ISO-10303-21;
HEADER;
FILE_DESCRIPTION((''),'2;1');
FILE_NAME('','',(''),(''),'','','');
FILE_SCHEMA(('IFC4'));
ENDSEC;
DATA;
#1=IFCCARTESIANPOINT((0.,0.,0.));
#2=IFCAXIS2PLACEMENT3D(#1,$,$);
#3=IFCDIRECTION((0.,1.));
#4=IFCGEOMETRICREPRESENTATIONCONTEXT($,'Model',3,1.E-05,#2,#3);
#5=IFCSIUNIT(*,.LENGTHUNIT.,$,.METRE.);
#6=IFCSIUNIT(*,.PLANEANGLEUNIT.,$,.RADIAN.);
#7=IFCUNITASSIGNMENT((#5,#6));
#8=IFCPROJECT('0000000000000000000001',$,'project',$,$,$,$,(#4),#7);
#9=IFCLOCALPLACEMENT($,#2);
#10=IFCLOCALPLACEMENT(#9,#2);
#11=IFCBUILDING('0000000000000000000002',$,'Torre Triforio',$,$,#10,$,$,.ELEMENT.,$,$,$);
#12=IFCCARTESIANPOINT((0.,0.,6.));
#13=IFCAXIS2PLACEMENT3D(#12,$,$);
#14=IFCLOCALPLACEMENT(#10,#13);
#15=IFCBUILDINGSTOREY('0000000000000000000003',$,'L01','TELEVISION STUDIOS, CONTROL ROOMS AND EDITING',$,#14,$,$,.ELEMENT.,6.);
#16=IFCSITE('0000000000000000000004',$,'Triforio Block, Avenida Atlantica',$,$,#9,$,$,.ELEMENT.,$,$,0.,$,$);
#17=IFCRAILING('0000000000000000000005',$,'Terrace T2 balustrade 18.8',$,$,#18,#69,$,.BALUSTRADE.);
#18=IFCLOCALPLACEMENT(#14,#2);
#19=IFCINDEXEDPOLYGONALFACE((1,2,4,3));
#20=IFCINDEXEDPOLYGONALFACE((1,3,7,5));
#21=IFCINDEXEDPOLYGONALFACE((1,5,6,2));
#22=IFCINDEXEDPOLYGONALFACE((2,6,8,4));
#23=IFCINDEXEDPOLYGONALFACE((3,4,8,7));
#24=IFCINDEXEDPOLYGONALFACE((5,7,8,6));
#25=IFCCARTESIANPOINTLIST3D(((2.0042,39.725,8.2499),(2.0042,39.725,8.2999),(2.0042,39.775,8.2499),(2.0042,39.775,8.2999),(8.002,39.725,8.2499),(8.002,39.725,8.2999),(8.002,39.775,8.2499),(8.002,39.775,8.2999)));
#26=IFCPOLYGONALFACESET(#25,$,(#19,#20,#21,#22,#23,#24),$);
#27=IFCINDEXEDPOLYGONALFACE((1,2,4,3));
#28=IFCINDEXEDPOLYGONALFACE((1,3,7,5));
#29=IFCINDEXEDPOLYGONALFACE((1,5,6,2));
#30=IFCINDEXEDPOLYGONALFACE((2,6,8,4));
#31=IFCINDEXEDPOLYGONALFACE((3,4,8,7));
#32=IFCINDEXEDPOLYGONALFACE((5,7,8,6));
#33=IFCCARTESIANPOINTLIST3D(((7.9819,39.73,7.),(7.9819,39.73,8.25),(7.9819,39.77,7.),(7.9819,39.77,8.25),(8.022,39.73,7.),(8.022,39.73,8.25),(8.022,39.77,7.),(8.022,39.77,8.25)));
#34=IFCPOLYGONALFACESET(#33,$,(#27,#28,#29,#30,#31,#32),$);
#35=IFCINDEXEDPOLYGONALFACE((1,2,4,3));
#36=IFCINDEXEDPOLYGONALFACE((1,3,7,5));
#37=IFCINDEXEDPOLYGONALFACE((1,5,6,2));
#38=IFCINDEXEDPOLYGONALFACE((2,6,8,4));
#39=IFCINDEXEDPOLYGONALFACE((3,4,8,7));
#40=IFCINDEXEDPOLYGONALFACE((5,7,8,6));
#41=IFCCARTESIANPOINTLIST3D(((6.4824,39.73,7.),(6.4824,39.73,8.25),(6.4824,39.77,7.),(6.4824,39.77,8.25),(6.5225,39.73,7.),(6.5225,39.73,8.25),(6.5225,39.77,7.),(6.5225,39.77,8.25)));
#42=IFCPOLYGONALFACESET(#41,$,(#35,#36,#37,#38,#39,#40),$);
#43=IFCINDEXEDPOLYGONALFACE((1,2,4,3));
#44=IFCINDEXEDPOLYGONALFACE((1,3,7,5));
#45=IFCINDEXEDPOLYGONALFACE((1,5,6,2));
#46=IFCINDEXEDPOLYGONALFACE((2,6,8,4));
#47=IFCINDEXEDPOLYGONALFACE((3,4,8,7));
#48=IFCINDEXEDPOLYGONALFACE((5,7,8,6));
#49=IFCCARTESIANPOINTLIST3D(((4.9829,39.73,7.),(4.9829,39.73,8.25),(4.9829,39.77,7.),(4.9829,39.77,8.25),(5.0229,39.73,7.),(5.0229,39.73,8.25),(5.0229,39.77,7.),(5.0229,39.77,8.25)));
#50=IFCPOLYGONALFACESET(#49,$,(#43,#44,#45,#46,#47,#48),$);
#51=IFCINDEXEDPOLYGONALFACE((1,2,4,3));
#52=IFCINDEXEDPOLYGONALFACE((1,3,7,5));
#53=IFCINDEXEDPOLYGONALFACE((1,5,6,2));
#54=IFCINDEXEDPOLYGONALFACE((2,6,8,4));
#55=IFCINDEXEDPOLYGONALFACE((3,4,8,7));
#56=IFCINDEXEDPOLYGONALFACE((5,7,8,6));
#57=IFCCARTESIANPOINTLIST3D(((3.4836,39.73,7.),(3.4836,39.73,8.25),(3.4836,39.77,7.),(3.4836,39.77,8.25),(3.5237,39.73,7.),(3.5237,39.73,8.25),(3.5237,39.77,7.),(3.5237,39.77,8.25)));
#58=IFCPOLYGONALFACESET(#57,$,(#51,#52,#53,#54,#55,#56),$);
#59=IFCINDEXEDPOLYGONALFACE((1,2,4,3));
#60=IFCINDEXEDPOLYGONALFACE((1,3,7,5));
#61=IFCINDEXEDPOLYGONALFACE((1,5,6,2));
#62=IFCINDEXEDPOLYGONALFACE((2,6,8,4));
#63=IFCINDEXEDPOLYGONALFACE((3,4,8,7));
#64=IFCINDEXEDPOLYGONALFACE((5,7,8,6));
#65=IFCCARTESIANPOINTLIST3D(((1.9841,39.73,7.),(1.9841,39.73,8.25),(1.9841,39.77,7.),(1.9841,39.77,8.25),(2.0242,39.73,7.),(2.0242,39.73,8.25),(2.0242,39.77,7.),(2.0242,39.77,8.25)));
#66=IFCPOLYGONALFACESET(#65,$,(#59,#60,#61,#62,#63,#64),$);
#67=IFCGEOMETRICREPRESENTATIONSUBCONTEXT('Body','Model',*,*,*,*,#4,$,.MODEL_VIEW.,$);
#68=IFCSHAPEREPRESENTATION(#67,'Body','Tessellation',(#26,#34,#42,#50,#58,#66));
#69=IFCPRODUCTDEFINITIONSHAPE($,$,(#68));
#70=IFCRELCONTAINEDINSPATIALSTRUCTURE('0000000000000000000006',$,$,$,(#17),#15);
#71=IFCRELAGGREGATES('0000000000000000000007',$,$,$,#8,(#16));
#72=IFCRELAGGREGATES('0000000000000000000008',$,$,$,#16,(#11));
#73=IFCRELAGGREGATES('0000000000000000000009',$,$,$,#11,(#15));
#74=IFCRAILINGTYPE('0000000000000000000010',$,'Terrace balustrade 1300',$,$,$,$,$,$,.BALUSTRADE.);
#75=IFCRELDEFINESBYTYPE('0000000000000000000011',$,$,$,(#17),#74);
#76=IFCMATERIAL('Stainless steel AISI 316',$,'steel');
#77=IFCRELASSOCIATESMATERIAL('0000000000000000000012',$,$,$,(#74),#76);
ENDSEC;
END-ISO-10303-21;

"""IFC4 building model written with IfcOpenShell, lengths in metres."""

from ifc_helpers import new_model, si_unit, direction, frame, origin, origin_2d, place, context, subcontext, project, spatial, rectangle, extrude, material, type_object, element, save


model = new_model("IFC4")

# Units and contexts
model_context = context("Model", 3, precision=1e-05, world=origin(), true_north=direction((0.0, 1.0)))
body_context = subcontext(model_context, "Body", "Model", "MODEL_VIEW")
ifc_project = project(units=[si_unit("LENGTHUNIT", "METRE"), si_unit("PLANEANGLEUNIT", "RADIAN")], contexts=[model_context])

# Site, building, storey
site_placement = place(None, origin())
site = spatial("IfcSite", under=ifc_project, at=site_placement, Name="Triforio Block, Avenida Atlantica", CompositionType="ELEMENT", RefElevation=0.0)
building_placement = place(site_placement, origin())
building = spatial("IfcBuilding", under=site, at=building_placement, Name="Torre Triforio", CompositionType="ELEMENT")
storey_placement = place(building_placement, frame((0.0, 0.0, 6.0)))
storey = spatial("IfcBuildingStorey", under=building, at=storey_placement, Name="L01", Description="TELEVISION STUDIOS, CONTROL ROOMS AND EDITING", CompositionType="ELEMENT", Elevation=6.0)

# Railing
ifc_material_1 = material(Name="Stainless steel AISI 316", Category="steel")
railing_type = type_object("IfcRailingType", Name="Terrace balustrade 1300", PredefinedType="BALUSTRADE", material=ifc_material_1)
railing_1_placement = place(storey_placement, frame((8.002, 39.75, 7.0)))
element("IfcRailing", 1, at=railing_1_placement, inside=storey, type_object=railing_type, Name="Terrace T2 balustrade 18.8", PredefinedType="BALUSTRADE", context=body_context, shape_type="SweptSolid", body=[
    extrude(rectangle(XDim=0.05, YDim=0.05, at=origin_2d()), frame((0.0, 0.0, 1.2749), z_axis=(-1.0, 0.0, 0.0), x_axis=(0.0, -1.0, 0.0)), (0.0, 0.0, 1.0), 5.9978),
    extrude(rectangle(XDim=0.04, YDim=0.04, at=origin_2d()), origin(), (0.0, 0.0, 1.0), 1.25),
    extrude(rectangle(XDim=0.04, YDim=0.04, at=origin_2d()), frame((-1.4995, 0.0, 0.0)), (0.0, 0.0, 1.0), 1.25),
    extrude(rectangle(XDim=0.04, YDim=0.04, at=origin_2d()), frame((-2.999, 0.0, 0.0)), (0.0, 0.0, 1.0), 1.25),
    extrude(rectangle(XDim=0.04, YDim=0.04, at=origin_2d()), frame((-4.4983, 0.0, 0.0)), (0.0, 0.0, 1.0), 1.25),
    extrude(rectangle(XDim=0.04, YDim=0.04, at=origin_2d()), frame((-5.9978, 0.0, 0.0)), (0.0, 0.0, 1.0), 1.25),
])

save(model, "model.ifc")
